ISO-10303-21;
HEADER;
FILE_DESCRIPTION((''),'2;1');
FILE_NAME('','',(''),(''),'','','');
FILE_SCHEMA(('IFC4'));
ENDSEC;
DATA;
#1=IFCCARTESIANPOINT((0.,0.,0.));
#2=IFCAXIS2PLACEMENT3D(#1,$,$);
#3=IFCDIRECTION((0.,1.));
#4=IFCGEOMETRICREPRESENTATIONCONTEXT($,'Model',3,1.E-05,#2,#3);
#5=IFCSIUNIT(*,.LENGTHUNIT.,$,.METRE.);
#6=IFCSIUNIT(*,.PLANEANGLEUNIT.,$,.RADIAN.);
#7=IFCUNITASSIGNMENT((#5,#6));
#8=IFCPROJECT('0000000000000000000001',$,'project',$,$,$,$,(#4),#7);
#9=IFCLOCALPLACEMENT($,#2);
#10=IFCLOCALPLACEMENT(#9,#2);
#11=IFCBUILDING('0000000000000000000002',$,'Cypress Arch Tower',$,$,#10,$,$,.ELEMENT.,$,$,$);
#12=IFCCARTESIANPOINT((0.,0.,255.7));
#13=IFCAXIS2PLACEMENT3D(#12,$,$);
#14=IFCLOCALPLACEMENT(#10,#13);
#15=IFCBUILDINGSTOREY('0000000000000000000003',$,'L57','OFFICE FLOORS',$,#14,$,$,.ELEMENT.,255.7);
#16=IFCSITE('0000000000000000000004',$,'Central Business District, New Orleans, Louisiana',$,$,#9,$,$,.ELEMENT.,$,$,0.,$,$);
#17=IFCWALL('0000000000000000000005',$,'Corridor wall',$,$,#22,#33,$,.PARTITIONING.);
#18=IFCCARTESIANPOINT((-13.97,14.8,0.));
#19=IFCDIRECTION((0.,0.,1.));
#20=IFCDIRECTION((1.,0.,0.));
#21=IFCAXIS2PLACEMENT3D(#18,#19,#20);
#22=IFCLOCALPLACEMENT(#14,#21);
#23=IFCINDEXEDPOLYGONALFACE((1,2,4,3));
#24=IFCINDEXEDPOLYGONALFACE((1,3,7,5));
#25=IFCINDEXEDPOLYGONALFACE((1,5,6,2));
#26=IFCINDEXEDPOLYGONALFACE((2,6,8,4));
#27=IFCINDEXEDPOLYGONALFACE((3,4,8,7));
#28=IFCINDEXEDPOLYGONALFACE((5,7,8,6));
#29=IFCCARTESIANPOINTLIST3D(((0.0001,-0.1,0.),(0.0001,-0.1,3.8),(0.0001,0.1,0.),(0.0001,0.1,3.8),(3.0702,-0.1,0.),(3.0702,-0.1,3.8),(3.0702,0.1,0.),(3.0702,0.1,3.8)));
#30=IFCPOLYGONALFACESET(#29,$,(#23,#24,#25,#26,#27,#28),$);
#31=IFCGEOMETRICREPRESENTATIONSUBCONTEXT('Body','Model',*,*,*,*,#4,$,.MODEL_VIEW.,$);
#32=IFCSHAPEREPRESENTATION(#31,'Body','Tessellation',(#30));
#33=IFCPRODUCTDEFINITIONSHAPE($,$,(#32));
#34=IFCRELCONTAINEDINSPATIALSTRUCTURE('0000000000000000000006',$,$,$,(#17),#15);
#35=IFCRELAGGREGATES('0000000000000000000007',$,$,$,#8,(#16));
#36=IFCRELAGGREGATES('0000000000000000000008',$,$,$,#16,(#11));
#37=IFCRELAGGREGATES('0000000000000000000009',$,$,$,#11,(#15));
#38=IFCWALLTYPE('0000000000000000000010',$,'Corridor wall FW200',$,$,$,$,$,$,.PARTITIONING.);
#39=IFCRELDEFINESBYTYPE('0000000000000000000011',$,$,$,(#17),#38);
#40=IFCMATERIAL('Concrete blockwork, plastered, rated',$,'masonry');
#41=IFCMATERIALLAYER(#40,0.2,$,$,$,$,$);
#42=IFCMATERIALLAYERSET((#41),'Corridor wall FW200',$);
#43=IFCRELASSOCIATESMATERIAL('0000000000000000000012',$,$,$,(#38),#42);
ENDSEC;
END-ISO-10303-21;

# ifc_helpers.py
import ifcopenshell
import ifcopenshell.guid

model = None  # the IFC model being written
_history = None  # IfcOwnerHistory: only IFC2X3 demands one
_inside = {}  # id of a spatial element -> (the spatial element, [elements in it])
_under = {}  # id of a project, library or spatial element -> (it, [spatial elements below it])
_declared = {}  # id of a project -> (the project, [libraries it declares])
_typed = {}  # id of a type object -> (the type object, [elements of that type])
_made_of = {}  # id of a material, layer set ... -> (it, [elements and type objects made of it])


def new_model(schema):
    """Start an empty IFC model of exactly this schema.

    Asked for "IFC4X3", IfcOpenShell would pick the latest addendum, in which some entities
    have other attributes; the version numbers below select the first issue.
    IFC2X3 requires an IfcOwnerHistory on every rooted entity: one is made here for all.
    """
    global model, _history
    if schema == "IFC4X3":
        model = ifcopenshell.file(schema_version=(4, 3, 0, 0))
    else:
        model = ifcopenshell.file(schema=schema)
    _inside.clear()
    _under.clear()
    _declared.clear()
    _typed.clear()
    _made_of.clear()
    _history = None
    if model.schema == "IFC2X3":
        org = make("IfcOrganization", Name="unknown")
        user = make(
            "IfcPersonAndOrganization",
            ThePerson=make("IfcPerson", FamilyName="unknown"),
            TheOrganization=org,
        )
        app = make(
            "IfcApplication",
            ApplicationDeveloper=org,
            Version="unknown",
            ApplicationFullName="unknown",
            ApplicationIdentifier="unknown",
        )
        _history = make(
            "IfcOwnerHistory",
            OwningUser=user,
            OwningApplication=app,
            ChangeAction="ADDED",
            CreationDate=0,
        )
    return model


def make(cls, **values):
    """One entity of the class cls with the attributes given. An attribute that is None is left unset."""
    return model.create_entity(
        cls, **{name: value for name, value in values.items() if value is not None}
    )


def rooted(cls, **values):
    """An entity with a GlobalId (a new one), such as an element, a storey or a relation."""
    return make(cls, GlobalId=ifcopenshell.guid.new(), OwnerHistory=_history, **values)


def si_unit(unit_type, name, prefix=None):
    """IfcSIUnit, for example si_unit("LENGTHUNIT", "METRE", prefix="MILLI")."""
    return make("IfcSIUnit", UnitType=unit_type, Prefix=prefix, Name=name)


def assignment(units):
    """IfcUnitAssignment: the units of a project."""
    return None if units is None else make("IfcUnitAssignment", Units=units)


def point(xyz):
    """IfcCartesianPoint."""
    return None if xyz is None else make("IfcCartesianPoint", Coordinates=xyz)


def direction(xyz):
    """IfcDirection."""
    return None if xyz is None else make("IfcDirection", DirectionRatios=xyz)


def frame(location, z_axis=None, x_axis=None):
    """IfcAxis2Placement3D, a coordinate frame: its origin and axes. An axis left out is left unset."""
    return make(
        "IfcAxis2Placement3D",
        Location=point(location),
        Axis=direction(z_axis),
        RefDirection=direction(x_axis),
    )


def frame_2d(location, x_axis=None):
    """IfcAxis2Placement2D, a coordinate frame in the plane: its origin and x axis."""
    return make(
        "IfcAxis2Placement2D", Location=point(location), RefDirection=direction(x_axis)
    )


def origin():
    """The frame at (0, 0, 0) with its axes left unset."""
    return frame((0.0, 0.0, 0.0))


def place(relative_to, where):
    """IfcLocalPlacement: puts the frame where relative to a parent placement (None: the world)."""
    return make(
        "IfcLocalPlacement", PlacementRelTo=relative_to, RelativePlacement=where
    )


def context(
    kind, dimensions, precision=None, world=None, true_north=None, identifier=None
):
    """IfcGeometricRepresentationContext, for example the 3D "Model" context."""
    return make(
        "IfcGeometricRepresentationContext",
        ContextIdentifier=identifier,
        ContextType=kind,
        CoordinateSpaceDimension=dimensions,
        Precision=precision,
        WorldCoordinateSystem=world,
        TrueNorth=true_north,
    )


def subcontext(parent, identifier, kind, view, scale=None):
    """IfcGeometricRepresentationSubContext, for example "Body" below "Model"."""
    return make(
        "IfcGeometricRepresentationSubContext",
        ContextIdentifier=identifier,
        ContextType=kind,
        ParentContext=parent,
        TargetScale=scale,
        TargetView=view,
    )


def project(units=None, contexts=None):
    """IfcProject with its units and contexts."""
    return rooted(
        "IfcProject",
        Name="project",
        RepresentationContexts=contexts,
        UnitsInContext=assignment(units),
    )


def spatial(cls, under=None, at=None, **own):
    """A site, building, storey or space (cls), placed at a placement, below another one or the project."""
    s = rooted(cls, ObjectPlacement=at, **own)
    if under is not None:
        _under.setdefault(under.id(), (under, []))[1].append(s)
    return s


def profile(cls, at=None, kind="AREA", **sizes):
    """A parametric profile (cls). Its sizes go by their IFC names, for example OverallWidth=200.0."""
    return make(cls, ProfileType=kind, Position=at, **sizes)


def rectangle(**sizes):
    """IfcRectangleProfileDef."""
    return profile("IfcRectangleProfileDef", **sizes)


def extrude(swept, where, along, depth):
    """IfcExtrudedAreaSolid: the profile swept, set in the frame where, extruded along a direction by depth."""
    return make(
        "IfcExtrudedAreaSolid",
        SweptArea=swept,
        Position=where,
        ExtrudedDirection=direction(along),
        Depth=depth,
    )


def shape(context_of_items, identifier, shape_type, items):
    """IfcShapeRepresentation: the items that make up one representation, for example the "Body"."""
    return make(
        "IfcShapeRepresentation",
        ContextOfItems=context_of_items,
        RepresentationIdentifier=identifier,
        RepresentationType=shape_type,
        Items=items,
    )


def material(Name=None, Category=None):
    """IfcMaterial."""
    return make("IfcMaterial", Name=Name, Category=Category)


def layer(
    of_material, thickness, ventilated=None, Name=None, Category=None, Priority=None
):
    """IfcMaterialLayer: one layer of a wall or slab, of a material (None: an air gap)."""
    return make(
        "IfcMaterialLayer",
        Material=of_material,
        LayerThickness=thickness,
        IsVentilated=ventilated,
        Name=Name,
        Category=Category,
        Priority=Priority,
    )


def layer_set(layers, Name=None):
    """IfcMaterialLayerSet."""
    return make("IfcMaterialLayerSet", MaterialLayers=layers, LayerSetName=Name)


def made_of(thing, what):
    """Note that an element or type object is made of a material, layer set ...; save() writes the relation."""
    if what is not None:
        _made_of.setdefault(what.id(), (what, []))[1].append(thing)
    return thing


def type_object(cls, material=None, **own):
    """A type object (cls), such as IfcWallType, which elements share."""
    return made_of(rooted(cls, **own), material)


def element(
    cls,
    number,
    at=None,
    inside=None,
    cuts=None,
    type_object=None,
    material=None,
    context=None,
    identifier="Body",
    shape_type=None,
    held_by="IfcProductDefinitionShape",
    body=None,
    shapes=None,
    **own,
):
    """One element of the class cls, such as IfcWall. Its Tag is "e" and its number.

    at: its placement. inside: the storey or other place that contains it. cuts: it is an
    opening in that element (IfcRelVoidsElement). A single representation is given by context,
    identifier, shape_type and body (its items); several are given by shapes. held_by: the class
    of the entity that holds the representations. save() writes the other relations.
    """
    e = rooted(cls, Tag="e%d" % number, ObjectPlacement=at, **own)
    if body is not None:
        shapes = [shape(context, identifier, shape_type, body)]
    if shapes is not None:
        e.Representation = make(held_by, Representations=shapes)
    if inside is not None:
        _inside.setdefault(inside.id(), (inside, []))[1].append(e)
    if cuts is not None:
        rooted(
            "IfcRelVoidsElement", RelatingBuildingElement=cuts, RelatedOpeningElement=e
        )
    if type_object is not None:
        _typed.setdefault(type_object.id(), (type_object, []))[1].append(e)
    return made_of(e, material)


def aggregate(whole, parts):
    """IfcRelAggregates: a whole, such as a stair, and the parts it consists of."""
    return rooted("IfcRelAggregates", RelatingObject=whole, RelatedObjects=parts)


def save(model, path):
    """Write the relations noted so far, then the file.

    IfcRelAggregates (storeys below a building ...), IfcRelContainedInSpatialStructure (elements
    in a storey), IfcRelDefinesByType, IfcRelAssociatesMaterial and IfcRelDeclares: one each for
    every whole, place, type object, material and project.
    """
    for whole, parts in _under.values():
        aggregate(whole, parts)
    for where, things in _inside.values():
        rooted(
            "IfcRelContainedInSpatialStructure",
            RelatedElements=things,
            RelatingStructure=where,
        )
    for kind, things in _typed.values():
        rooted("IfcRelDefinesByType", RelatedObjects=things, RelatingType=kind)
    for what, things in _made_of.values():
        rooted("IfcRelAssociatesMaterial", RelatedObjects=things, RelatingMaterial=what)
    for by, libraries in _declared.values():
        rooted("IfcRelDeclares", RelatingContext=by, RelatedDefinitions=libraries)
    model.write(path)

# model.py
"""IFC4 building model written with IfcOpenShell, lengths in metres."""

from ifc_helpers import new_model, si_unit, direction, frame, frame_2d, origin, place, context, subcontext, project, spatial, rectangle, extrude, material, layer, layer_set, type_object, element, save


model = new_model("IFC4")

# Units and contexts
model_context = context("Model", 3, precision=1e-05, world=origin(), true_north=direction((0.0, 1.0)))
body_context = subcontext(model_context, "Body", "Model", "MODEL_VIEW")
ifc_project = project(units=[si_unit("LENGTHUNIT", "METRE"), si_unit("PLANEANGLEUNIT", "RADIAN")], contexts=[model_context])

# Site, building, storey
site_placement = place(None, origin())
site = spatial("IfcSite", under=ifc_project, at=site_placement, Name="Central Business District, New Orleans, Louisiana", CompositionType="ELEMENT", RefElevation=0.0)
building_placement = place(site_placement, origin())
building = spatial("IfcBuilding", under=site, at=building_placement, Name="Cypress Arch Tower", CompositionType="ELEMENT")
storey_placement = place(building_placement, frame((0.0, 0.0, 255.7)))
storey = spatial("IfcBuildingStorey", under=building, at=storey_placement, Name="L57", Description="OFFICE FLOORS", CompositionType="ELEMENT", Elevation=255.7)

# Wall
ifc_material_1 = material(Name="Concrete blockwork, plastered, rated", Category="masonry")
ifc_layer_1 = layer(ifc_material_1, 0.2)
ifc_layer_set_1 = layer_set([ifc_layer_1], Name="Corridor wall FW200")
wall_type_1 = type_object("IfcWallType", Name="Corridor wall FW200", PredefinedType="PARTITIONING", material=ifc_layer_set_1)
wall_1_placement = place(storey_placement, frame((-13.97, 14.8, 0.0), z_axis=(0.0, 0.0, 1.0), x_axis=(1.0, 0.0, 0.0)))
element("IfcWall", 1, at=wall_1_placement, inside=storey, type_object=wall_type_1, Name="Corridor wall", PredefinedType="PARTITIONING", context=body_context, shape_type="SweptSolid", body=[
    extrude(rectangle(XDim=3.0701, YDim=0.2, at=frame_2d((1.5352, 0.0))), origin(), (0.0, 0.0, 1.0), 3.8),
])

save(model, "model.ifc")
